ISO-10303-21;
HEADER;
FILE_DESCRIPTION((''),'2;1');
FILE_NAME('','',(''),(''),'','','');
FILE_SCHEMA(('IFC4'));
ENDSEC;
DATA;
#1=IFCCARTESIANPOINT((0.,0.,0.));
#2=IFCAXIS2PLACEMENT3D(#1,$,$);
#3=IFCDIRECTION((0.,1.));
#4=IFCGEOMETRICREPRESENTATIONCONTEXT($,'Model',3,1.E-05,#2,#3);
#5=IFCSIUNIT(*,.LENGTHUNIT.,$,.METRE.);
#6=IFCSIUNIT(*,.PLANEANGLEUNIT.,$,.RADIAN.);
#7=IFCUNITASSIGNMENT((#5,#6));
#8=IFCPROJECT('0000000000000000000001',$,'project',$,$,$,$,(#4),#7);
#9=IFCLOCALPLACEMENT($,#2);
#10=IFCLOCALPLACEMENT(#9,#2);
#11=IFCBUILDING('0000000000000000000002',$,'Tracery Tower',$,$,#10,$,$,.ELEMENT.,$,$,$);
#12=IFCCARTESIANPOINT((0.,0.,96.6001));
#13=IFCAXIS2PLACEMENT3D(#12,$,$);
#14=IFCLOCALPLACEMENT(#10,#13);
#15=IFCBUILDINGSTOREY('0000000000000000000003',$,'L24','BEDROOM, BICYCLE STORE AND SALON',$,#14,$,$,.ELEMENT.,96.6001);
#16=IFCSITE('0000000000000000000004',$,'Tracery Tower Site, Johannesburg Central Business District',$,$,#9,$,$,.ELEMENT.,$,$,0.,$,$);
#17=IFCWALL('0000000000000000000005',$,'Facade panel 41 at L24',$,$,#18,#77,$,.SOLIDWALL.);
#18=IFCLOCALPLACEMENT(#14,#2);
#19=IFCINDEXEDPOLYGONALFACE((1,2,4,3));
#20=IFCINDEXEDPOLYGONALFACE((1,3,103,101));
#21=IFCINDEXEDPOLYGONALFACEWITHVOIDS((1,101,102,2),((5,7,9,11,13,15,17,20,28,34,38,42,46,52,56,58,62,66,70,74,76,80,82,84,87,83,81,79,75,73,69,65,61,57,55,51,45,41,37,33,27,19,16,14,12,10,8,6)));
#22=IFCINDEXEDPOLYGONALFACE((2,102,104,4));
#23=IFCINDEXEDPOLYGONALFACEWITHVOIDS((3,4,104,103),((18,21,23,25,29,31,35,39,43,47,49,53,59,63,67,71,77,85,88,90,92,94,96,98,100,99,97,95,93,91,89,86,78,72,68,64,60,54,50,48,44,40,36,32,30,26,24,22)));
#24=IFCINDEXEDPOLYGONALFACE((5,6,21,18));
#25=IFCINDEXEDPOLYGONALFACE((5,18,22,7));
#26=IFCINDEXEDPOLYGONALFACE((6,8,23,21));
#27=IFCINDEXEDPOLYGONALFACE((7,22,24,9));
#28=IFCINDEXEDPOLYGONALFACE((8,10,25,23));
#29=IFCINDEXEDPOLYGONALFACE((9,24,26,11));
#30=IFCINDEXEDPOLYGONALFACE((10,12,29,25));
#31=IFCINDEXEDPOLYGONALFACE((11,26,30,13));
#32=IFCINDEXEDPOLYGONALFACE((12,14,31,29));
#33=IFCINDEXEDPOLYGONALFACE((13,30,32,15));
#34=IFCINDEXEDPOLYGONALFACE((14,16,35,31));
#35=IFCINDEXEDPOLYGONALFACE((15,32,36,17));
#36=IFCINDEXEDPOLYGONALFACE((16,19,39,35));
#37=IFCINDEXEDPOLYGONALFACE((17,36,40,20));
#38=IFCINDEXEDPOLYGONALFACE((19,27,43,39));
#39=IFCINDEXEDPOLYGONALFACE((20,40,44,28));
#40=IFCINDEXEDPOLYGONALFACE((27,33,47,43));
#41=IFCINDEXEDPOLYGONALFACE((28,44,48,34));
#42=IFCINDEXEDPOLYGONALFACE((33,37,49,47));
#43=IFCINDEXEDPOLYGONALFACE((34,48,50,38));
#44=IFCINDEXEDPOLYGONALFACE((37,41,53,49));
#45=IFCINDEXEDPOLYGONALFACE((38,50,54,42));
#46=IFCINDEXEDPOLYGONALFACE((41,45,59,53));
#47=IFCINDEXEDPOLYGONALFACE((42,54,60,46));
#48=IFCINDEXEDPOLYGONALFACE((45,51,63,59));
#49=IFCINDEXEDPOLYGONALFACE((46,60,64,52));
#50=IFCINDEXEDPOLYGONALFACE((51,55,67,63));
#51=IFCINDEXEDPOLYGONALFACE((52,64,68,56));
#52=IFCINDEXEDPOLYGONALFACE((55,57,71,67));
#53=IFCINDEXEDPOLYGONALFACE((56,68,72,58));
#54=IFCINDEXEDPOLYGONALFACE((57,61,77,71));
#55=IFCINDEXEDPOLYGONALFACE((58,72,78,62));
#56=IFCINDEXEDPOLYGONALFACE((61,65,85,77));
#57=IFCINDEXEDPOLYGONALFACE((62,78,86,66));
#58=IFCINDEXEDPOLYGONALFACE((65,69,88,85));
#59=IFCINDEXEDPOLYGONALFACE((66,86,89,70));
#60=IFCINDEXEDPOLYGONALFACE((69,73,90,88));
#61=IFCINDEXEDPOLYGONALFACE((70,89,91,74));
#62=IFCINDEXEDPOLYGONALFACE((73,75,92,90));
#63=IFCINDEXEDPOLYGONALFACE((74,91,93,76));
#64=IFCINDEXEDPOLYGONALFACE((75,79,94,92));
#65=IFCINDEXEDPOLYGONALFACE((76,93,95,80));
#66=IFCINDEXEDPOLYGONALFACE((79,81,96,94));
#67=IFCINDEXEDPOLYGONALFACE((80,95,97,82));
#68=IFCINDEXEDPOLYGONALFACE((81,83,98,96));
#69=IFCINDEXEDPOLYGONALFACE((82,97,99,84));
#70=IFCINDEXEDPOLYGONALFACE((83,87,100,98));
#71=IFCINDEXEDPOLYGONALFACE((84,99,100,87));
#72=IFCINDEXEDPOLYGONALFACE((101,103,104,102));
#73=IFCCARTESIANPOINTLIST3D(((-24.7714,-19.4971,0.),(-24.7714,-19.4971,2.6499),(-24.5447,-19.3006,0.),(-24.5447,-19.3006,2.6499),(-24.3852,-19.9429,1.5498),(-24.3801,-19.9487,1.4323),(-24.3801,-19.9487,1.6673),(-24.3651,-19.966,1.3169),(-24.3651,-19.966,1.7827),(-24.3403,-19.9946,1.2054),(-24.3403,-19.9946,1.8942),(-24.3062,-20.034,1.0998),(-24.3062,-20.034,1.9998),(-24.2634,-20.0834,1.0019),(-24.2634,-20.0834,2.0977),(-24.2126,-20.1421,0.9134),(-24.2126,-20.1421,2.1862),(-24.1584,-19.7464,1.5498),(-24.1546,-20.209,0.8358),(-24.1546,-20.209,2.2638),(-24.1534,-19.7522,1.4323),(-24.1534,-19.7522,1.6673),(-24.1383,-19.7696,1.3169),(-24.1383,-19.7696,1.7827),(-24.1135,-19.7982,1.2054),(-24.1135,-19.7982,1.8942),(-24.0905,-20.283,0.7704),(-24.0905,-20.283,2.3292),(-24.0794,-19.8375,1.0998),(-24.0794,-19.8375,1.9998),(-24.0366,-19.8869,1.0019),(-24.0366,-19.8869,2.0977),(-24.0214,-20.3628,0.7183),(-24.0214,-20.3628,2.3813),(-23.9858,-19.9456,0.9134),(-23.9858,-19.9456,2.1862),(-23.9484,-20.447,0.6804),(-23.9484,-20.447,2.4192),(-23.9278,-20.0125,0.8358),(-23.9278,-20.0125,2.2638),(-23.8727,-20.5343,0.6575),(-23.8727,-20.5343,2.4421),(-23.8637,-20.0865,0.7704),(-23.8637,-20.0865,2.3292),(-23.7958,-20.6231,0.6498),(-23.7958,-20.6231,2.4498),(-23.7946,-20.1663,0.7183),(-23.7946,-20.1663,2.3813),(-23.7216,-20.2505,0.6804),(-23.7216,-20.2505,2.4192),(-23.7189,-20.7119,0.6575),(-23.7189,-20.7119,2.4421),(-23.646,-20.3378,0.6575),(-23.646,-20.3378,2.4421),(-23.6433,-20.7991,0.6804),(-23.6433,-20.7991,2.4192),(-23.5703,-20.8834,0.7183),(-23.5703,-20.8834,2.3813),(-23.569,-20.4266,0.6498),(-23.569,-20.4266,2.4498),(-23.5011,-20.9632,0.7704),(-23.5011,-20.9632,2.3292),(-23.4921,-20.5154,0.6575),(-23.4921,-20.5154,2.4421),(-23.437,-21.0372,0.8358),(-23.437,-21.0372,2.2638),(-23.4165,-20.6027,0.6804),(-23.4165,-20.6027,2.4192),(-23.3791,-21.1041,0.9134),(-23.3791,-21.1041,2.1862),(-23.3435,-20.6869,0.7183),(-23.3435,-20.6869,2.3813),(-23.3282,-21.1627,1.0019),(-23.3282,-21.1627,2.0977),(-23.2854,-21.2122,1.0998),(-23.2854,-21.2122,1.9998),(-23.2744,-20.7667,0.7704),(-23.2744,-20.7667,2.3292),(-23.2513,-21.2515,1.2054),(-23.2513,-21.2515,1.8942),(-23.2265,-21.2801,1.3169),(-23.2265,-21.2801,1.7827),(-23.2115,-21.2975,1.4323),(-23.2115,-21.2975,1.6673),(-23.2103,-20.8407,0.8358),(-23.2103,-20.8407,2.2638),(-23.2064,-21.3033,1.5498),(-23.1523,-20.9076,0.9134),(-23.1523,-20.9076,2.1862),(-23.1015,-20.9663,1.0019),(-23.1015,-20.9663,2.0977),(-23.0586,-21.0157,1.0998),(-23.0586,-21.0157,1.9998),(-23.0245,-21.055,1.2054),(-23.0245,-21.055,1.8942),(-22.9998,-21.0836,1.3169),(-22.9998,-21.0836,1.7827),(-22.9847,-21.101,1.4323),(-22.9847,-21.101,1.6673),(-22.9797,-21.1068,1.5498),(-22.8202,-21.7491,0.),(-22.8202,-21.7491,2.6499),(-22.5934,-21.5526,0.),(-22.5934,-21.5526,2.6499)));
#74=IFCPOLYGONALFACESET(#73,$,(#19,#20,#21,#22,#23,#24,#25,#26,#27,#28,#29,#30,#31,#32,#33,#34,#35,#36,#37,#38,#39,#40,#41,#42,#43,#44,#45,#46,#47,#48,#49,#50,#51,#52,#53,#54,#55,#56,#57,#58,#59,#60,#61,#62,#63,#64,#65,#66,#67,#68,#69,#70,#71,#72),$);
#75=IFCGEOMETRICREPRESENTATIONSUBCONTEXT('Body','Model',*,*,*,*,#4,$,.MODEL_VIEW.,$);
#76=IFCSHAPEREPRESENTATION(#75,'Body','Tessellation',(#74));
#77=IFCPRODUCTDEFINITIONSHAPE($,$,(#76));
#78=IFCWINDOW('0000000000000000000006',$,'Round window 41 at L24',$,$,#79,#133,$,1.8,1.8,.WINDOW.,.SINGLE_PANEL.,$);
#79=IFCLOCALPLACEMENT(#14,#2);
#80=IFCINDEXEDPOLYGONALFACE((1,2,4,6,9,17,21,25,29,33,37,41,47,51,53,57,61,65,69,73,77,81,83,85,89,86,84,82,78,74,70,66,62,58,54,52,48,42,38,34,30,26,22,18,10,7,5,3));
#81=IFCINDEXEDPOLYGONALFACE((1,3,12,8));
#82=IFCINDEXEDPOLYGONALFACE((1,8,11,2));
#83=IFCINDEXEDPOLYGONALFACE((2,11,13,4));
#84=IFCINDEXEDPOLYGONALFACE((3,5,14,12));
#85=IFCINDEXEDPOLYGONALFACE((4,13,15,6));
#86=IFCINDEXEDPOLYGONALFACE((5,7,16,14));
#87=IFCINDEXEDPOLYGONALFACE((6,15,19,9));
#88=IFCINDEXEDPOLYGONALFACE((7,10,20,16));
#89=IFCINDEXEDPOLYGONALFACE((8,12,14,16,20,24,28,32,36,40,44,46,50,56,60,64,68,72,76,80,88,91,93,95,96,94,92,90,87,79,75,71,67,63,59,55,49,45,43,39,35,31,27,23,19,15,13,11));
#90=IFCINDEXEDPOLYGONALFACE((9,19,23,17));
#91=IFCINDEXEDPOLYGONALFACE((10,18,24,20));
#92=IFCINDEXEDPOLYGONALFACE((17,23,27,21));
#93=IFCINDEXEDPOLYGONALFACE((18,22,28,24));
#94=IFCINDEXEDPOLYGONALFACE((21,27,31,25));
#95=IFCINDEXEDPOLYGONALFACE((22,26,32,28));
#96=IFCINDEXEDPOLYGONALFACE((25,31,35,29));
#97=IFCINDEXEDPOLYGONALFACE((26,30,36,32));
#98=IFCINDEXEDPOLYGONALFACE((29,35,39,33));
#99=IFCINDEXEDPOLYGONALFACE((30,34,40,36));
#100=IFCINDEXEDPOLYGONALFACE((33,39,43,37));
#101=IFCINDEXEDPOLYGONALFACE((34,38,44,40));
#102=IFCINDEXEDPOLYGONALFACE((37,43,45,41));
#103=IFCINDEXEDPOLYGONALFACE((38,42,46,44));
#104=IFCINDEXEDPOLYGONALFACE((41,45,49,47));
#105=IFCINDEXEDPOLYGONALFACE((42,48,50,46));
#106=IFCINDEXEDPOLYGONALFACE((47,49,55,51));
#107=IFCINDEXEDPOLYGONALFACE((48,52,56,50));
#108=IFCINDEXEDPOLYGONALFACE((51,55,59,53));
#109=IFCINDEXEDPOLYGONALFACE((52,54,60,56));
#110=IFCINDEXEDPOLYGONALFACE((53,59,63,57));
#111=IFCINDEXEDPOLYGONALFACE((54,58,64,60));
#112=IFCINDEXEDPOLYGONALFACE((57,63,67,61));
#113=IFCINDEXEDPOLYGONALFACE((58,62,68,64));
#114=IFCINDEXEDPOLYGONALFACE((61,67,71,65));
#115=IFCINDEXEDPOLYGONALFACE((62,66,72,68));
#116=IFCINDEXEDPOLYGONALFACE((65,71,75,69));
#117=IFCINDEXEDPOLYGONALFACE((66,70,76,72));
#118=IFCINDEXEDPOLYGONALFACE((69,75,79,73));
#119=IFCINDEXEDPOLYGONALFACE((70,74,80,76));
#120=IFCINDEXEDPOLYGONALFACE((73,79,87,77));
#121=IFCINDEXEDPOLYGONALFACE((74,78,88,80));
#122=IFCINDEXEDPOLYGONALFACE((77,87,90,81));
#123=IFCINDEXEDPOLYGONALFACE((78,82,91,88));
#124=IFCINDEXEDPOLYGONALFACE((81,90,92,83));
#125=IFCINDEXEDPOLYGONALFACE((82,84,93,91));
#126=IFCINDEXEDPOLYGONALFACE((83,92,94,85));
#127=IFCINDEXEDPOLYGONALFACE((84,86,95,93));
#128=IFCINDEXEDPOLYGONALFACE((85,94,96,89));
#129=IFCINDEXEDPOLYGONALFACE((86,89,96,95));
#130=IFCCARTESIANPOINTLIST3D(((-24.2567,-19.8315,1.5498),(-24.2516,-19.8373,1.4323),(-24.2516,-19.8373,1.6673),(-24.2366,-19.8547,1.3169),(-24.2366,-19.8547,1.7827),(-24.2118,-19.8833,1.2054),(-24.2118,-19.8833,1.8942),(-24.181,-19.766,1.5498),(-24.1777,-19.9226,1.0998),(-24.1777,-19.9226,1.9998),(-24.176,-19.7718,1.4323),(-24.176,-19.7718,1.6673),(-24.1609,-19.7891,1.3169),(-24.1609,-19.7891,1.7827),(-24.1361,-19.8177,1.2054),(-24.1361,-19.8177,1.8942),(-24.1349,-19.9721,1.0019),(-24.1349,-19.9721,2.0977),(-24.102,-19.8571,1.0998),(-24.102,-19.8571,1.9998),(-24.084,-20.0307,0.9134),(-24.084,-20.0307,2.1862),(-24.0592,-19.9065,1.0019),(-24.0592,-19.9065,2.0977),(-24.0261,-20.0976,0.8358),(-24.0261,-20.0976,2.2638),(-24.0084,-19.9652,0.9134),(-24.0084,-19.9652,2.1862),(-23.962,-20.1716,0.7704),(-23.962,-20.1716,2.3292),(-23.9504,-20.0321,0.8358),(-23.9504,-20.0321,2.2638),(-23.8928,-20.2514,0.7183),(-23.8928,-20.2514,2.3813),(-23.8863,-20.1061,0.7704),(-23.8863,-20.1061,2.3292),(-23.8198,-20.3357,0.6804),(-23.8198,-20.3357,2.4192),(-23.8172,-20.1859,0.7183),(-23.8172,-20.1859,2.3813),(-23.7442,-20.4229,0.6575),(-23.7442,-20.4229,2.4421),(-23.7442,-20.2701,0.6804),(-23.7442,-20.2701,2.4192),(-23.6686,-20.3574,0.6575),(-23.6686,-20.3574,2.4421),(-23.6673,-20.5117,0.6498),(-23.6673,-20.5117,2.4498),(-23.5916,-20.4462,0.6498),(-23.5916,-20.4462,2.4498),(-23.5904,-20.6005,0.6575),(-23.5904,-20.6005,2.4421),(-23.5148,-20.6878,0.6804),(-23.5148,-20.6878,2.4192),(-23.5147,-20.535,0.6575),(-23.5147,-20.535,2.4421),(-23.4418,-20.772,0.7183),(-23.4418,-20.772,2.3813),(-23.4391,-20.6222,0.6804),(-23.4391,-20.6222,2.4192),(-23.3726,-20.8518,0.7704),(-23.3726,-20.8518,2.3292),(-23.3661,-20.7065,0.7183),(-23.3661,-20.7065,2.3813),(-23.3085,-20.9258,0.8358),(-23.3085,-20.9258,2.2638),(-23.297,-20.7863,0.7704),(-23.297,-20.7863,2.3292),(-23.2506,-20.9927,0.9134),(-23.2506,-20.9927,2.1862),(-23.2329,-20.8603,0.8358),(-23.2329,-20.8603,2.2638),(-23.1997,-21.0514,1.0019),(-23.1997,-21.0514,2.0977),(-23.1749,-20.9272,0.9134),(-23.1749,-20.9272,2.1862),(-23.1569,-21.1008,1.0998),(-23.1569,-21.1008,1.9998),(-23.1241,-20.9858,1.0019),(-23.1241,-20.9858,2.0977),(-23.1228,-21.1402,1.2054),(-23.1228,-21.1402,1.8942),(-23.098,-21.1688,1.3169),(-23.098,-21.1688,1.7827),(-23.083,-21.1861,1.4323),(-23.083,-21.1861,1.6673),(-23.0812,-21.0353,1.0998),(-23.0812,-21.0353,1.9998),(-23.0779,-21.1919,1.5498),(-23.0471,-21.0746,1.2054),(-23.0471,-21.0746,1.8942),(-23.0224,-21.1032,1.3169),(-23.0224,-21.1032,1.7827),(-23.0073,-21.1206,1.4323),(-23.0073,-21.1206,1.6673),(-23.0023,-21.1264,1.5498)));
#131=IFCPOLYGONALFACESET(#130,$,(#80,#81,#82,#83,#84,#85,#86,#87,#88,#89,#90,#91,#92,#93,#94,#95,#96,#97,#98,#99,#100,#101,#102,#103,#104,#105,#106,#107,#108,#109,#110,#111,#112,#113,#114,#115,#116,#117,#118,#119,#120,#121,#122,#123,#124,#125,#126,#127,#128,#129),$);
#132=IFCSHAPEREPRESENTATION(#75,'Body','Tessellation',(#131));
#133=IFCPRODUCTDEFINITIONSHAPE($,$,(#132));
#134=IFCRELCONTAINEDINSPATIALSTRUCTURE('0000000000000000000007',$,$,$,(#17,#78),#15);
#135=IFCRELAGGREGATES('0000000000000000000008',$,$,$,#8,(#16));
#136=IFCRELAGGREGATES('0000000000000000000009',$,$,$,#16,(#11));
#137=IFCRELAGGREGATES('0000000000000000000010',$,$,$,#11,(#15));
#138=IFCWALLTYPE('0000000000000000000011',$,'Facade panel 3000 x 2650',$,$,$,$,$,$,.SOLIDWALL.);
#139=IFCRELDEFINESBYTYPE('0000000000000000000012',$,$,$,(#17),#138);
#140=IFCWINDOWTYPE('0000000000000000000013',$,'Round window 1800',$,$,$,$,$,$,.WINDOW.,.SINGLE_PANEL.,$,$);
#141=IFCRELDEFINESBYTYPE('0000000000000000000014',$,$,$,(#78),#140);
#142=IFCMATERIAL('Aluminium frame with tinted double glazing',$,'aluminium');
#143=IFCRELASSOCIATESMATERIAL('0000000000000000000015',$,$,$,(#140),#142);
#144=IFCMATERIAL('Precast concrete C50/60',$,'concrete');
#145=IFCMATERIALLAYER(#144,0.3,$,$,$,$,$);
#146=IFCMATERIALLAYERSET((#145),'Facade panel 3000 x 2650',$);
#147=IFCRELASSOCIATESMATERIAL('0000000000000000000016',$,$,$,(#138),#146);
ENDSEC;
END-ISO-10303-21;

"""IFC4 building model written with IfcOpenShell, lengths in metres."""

from ifc_helpers import new_model, si_unit, direction, frame, frame_2d, origin, origin_2d, place, context, subcontext, project, spatial, rectangle, circle, extrude, material, layer, layer_set, type_object, element, fill, save


model = new_model("IFC4")

# Units and contexts
model_context = context("Model", 3, precision=1e-05, world=origin(), true_north=direction((0.0, 1.0)))
body_context = subcontext(model_context, "Body", "Model", "MODEL_VIEW")
ifc_project = project(units=[si_unit("LENGTHUNIT", "METRE"), si_unit("PLANEANGLEUNIT", "RADIAN")], contexts=[model_context])

# Site, building, storey
site_placement = place(None, origin())
site = spatial("IfcSite", under=ifc_project, at=site_placement, Name="Tracery Tower Site, Johannesburg Central Business District", CompositionType="ELEMENT", RefElevation=0.0)
building_placement = place(site_placement, origin())
building = spatial("IfcBuilding", under=site, at=building_placement, Name="Tracery Tower", CompositionType="ELEMENT")
storey_placement = place(building_placement, frame((0.0, 0.0, 96.6001)))
storey = spatial("IfcBuildingStorey", under=building, at=storey_placement, Name="L24", Description="BEDROOM, BICYCLE STORE AND SALON", CompositionType="ELEMENT", Elevation=96.6001)

# Wall, opening, window
ifc_material_1 = material(Name="Aluminium frame with tinted double glazing", Category="aluminium")
window_type = type_object("IfcWindowType", Name="Round window 1800", PartitioningType="SINGLE_PANEL", PredefinedType="WINDOW", material=ifc_material_1)
ifc_material_2 = material(Name="Precast concrete C50/60", Category="concrete")
ifc_layer_1 = layer(ifc_material_2, 0.3)
ifc_layer_set_1 = layer_set([ifc_layer_1], Name="Facade panel 3000 x 2650")
wall_type_1 = type_object("IfcWallType", Name="Facade panel 3000 x 2650", PredefinedType="SOLIDWALL", material=ifc_layer_set_1)
wall_1_placement = place(storey_placement, frame((-24.658, -19.3989, 0.0), z_axis=(0.0, 0.0, 1.0), x_axis=(0.654831, -0.755776, 0.0)))
wall_1 = element("IfcWall", 1, at=wall_1_placement, inside=storey, type_object=wall_type_1, Name="Facade panel 41 at L24", PredefinedType="SOLIDWALL", context=body_context, shape_type="SweptSolid", body=[
    extrude(rectangle(XDim=2.9797, YDim=0.3, at=frame_2d((1.4897, 0.0))), origin(), (0.0, 0.0, 1.0), 2.6499),
])
opening_1_placement = place(wall_1_placement, frame((1.4897, 0.0, 1.5498)))
opening_1 = element("IfcOpeningElement", 2, at=opening_1_placement, cuts=wall_1, PredefinedType="OPENING", context=body_context, shape_type="SweptSolid", body=[
    extrude(circle(Radius=0.9, at=origin_2d()), frame((0.0, 0.1599, 0.0), z_axis=(0.0, -1.0, 0.0), x_axis=(1.0, 0.0, 0.0)), (0.0, 0.0, 1.0), 0.3201),
])
window_1_placement = place(opening_1_placement, origin())
window_1 = element("IfcWindow", 3, at=window_1_placement, inside=storey, type_object=window_type, Name="Round window 41 at L24", OverallHeight=1.8, OverallWidth=1.8, PartitioningType="SINGLE_PANEL", PredefinedType="WINDOW", context=body_context, shape_type="SweptSolid", body=[
    extrude(circle(Radius=0.9, at=origin_2d()), frame((0.0, 0.1201, 0.0), z_axis=(0.0, -1.0, 0.0), x_axis=(1.0, 0.0, 0.0)), (0.0, 0.0, 1.0), 0.1001),
])
fill(opening_1, window_1)

save(model, "model.ifc")
